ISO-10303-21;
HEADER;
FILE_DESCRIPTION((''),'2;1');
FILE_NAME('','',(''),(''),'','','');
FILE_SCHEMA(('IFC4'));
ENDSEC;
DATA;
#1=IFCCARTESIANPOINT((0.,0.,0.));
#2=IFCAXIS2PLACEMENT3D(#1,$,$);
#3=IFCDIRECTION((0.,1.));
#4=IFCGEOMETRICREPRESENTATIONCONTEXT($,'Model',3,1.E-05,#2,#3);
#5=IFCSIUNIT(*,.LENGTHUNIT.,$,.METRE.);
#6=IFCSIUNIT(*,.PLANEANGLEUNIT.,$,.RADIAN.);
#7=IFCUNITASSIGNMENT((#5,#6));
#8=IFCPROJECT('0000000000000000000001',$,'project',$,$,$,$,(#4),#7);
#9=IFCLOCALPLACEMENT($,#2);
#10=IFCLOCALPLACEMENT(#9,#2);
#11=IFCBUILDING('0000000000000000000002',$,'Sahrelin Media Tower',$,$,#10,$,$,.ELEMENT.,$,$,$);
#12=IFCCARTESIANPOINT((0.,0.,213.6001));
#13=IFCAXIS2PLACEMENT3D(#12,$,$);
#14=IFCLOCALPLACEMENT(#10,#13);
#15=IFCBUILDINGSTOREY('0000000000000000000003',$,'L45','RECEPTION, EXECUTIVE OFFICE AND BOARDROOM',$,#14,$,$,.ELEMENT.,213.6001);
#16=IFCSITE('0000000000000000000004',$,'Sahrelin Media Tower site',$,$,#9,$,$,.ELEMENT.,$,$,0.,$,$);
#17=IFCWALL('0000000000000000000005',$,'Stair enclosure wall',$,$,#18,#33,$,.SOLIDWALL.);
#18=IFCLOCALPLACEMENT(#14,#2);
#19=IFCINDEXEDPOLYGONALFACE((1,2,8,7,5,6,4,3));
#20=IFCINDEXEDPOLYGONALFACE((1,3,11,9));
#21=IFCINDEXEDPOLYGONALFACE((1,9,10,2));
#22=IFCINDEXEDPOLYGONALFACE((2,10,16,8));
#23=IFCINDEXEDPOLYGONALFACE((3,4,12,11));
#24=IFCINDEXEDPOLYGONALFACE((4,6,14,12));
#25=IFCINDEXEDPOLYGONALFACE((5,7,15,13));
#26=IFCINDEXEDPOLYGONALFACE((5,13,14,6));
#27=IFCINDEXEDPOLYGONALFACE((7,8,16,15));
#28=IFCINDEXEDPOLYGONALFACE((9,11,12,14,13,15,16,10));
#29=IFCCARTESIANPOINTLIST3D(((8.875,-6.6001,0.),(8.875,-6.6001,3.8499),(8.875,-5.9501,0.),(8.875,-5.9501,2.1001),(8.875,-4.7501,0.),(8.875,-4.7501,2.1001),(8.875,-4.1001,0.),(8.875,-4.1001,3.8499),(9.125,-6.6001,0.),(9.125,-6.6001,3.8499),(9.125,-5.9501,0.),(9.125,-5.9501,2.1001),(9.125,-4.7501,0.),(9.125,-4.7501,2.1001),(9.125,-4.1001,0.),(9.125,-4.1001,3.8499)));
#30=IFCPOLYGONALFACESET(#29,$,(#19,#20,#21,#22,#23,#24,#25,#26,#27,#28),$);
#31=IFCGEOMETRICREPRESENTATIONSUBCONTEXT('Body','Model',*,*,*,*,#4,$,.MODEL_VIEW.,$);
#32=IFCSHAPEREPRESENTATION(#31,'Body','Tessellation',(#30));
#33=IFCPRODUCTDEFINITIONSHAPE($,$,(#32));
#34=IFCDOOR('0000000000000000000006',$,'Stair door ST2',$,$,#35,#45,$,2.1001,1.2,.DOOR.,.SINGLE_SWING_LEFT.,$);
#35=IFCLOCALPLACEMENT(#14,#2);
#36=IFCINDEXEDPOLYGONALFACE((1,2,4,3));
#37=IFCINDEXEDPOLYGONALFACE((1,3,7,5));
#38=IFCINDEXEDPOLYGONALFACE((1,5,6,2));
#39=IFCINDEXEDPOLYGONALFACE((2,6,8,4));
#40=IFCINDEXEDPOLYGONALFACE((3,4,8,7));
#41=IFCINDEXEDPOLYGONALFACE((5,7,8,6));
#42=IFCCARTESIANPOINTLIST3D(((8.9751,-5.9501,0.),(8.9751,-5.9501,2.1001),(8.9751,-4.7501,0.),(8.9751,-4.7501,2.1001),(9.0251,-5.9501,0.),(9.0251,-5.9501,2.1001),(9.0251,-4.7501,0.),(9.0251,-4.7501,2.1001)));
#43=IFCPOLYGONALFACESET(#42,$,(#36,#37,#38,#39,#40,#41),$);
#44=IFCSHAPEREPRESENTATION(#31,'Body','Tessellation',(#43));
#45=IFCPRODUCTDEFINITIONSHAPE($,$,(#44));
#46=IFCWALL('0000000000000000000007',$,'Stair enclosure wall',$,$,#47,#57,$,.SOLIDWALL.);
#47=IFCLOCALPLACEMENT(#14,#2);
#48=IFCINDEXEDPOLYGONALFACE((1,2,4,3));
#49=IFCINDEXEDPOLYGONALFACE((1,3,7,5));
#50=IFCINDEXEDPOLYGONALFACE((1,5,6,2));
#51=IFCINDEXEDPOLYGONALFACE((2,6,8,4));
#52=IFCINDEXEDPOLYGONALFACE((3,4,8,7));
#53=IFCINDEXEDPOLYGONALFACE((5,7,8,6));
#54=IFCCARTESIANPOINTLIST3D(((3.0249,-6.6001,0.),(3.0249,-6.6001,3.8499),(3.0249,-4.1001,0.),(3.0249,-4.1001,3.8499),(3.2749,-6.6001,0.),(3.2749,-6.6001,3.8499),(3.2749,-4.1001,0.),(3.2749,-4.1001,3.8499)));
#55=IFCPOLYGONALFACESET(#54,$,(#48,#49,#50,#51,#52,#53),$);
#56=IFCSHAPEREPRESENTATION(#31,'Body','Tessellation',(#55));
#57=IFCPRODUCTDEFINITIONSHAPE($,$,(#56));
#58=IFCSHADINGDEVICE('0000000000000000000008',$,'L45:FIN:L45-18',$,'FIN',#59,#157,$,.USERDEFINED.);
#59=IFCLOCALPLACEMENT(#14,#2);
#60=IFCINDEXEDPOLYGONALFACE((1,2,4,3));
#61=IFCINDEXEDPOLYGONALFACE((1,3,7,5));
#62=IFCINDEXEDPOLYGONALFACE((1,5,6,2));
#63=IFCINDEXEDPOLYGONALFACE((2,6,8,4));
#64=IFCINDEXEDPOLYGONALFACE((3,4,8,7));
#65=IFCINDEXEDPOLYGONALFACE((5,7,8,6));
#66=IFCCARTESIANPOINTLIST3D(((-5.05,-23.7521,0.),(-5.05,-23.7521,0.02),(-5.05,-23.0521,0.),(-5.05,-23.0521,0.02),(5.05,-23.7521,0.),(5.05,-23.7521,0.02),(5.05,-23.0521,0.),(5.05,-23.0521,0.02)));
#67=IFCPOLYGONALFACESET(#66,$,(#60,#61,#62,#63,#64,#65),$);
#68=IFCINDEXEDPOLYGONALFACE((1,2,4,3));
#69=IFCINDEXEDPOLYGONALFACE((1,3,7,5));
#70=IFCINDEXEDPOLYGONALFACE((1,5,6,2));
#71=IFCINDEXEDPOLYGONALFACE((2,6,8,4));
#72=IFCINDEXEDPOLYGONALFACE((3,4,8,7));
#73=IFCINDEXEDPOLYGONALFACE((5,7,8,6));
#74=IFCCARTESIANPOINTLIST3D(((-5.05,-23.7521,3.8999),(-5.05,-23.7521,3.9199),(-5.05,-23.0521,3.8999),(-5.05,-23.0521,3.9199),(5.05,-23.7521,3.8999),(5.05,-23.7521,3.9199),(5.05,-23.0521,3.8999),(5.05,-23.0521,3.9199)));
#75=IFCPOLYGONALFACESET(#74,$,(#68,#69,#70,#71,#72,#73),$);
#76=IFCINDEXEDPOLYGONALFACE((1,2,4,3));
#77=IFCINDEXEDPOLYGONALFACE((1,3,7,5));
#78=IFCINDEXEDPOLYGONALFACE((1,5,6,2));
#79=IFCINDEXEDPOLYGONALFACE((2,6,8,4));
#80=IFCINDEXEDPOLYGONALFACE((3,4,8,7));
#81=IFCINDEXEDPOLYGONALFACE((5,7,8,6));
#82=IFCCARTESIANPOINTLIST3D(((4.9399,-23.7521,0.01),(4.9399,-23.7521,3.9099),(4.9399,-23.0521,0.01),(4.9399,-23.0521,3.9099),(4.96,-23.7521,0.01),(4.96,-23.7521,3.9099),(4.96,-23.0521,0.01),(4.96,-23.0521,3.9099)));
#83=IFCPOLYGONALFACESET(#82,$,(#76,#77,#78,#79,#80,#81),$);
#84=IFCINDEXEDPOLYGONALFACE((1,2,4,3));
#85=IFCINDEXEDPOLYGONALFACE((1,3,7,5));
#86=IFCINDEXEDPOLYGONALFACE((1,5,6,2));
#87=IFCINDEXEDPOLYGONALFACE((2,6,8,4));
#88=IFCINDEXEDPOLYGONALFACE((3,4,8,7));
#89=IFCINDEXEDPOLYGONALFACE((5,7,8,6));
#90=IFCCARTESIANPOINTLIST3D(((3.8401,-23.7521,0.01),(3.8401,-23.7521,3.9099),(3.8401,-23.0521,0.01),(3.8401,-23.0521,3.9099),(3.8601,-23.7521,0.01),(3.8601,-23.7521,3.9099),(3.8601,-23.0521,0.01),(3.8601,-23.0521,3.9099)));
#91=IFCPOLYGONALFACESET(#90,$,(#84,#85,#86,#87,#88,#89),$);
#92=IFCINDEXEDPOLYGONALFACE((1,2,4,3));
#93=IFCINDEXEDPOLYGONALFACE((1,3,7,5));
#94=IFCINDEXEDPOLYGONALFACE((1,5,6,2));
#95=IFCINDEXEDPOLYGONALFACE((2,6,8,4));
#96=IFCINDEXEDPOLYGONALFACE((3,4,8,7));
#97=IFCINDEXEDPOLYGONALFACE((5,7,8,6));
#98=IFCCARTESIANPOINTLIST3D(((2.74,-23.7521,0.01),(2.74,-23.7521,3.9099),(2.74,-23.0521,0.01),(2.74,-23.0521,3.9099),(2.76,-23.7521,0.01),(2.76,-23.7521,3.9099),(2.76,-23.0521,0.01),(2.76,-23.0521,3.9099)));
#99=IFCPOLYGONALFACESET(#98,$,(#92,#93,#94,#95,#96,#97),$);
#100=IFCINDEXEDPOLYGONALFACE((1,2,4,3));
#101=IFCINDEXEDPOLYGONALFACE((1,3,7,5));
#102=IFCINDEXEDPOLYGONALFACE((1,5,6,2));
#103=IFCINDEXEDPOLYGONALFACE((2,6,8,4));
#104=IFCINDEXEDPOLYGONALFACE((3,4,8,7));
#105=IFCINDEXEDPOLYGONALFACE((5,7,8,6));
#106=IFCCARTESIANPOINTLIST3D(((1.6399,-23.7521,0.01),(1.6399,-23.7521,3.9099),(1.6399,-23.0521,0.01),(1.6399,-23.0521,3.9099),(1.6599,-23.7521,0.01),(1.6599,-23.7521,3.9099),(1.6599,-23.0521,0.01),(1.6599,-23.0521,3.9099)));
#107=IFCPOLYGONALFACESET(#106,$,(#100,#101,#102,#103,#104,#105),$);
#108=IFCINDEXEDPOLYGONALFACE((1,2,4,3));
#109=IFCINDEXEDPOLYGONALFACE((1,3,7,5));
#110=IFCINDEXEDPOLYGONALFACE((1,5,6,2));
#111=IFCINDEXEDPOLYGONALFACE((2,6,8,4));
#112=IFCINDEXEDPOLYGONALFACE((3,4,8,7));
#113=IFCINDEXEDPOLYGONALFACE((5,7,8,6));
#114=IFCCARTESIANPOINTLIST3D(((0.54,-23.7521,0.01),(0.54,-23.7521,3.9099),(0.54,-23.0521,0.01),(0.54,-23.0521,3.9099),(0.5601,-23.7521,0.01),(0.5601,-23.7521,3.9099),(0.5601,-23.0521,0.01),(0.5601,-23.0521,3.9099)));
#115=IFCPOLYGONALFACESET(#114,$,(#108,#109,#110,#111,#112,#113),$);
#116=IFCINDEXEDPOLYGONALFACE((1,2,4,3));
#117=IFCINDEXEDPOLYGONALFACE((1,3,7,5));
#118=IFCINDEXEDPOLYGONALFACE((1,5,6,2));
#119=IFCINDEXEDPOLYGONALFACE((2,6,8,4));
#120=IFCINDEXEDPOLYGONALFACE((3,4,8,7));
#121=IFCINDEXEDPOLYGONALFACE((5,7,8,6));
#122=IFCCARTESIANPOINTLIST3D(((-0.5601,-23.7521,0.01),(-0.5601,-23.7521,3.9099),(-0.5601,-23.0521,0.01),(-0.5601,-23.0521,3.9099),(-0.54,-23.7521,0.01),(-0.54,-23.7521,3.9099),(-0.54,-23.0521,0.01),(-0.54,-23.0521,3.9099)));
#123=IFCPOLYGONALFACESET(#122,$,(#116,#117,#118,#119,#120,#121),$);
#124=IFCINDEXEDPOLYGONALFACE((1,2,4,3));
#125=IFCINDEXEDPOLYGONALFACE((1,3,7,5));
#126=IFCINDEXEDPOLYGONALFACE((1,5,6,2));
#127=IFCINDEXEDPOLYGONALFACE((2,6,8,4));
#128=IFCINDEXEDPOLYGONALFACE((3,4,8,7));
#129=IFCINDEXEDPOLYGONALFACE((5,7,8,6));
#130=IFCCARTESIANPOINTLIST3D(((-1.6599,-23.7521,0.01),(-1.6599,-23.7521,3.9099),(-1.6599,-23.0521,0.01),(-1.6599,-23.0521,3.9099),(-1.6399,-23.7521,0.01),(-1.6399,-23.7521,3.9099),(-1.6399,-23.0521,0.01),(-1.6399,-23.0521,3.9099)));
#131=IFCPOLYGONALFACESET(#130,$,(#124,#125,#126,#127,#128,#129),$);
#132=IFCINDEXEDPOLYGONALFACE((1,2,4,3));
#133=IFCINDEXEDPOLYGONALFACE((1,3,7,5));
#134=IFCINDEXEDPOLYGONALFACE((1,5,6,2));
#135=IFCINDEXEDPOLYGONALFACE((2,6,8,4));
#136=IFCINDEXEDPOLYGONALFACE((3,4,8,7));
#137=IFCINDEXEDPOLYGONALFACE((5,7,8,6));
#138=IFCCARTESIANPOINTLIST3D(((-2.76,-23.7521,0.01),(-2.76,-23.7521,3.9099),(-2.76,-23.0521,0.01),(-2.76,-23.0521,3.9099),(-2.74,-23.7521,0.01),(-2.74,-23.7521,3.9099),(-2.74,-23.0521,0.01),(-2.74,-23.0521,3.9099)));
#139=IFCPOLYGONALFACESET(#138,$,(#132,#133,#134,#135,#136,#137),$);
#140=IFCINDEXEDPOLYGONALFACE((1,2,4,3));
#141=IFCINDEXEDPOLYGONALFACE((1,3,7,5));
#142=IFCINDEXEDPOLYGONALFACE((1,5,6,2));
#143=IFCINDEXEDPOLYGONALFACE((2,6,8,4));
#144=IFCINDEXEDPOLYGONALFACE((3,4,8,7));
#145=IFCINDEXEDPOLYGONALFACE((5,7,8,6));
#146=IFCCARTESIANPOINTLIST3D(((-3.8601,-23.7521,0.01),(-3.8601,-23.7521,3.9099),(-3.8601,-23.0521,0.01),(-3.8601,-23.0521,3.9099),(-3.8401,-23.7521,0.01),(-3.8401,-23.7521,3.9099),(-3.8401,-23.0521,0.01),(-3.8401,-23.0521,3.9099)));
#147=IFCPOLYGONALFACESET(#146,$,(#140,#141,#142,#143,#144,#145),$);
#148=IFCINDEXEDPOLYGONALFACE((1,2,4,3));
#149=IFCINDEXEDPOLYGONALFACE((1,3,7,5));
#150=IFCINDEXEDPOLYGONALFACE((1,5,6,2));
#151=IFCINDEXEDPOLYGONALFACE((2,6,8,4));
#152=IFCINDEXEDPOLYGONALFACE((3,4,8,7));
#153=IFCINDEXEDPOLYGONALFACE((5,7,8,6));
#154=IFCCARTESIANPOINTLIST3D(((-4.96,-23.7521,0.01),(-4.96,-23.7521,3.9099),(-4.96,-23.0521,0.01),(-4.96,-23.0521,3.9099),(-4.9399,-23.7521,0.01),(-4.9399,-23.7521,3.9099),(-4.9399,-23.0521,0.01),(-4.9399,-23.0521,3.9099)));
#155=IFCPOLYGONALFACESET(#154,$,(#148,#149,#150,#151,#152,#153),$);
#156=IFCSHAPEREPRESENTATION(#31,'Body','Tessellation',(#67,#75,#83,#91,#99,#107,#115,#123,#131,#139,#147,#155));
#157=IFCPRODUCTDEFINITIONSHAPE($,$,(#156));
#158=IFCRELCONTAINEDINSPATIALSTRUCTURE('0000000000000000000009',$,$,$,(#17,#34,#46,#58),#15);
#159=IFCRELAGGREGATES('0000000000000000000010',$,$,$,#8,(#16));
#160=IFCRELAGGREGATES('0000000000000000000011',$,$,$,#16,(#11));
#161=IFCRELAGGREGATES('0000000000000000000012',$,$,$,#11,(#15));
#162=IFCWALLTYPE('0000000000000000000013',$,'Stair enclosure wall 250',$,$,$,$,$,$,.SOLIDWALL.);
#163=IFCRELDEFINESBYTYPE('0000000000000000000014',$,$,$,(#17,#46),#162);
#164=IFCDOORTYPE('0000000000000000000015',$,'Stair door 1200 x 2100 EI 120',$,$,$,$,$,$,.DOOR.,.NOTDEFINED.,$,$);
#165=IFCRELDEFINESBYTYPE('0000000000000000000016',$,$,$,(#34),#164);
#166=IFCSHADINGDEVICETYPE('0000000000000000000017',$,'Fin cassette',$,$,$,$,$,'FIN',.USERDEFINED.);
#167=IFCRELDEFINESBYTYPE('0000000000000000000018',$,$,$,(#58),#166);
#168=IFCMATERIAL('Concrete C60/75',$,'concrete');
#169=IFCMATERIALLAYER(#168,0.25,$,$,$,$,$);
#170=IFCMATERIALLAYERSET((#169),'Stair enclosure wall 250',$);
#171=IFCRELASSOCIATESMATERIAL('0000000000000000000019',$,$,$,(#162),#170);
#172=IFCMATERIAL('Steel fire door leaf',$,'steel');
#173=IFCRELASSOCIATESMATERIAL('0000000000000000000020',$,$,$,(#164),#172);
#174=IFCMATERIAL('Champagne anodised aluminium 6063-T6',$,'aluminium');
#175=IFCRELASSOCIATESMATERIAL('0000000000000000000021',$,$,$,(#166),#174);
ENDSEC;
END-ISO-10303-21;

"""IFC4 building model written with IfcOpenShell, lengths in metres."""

from ifc_helpers import new_model, si_unit, direction, frame, frame_2d, origin, origin_2d, place, context, subcontext, project, spatial, rectangle, extrude, material, layer, layer_set, type_object, element, fill, save


model = new_model("IFC4")

# Units and contexts
model_context = context("Model", 3, precision=1e-05, world=origin(), true_north=direction((0.0, 1.0)))
body_context = subcontext(model_context, "Body", "Model", "MODEL_VIEW")
ifc_project = project(units=[si_unit("LENGTHUNIT", "METRE"), si_unit("PLANEANGLEUNIT", "RADIAN")], contexts=[model_context])

# Site, building, storey
site_placement = place(None, origin())
site = spatial("IfcSite", under=ifc_project, at=site_placement, Name="Sahrelin Media Tower site", CompositionType="ELEMENT", RefElevation=0.0)
building_placement = place(site_placement, origin())
building = spatial("IfcBuilding", under=site, at=building_placement, Name="Sahrelin Media Tower", CompositionType="ELEMENT")
storey_placement = place(building_placement, frame((0.0, 0.0, 213.6001)))
storey = spatial("IfcBuildingStorey", under=building, at=storey_placement, Name="L45", Description="RECEPTION, EXECUTIVE OFFICE AND BOARDROOM", CompositionType="ELEMENT", Elevation=213.6001)

# Shared definitions
ifc_material_1 = material(Name="Champagne anodised aluminium 6063-T6", Category="aluminium")

# Shared definitions
ifc_material_2 = material(Name="Steel fire door leaf", Category="steel")

# Wall, opening, door
ifc_material_3 = material(Name="Concrete C60/75", Category="concrete")
ifc_layer_1 = layer(ifc_material_3, 0.25)
ifc_layer_set_1 = layer_set([ifc_layer_1], Name="Stair enclosure wall 250")
wall_type_1 = type_object("IfcWallType", Name="Stair enclosure wall 250", PredefinedType="SOLIDWALL", material=ifc_layer_set_1)
wall_1_placement = place(storey_placement, frame((9.0, -6.6001, 0.0), z_axis=(0.0, 0.0, 1.0), x_axis=(0.0, 1.0, 0.0)))
wall_1 = element("IfcWall", 1, at=wall_1_placement, inside=storey, type_object=wall_type_1, Name="Stair enclosure wall", PredefinedType="SOLIDWALL", context=body_context, shape_type="SweptSolid", body=[
    extrude(rectangle(XDim=2.5, YDim=0.25, at=frame_2d((1.25, 0.0))), origin(), (0.0, 0.0, 1.0), 3.8499),
])
opening_1_placement = place(wall_1_placement, frame((0.6499, 0.0, 0.0)))
opening_1 = element("IfcOpeningElement", 2, at=opening_1_placement, cuts=wall_1, PredefinedType="OPENING", context=body_context, shape_type="SweptSolid", body=[
    extrude(rectangle(XDim=1.2, YDim=2.1001, at=frame_2d((0.6001, 1.05))), frame((0.0, 0.125, 0.0), z_axis=(0.0, -1.0, 0.0), x_axis=(1.0, 0.0, 0.0)), (0.0, 0.0, 1.0), 0.25),
])
door_type_1 = type_object("IfcDoorType", Name="Stair door 1200 x 2100 EI 120", OperationType="NOTDEFINED", PredefinedType="DOOR", material=ifc_material_2)
door_1_placement = place(opening_1_placement, origin())
door_1 = element("IfcDoor", 3, at=door_1_placement, inside=storey, type_object=door_type_1, Name="Stair door ST2", OperationType="SINGLE_SWING_LEFT", OverallHeight=2.1001, OverallWidth=1.2, PredefinedType="DOOR", context=body_context, shape_type="SweptSolid", body=[
    extrude(rectangle(XDim=1.2, YDim=2.1001, at=frame_2d((0.6001, 1.05))), frame((0.0, 0.0249, 0.0), z_axis=(0.0, -1.0, 0.0), x_axis=(1.0, 0.0, 0.0)), (0.0, 0.0, 1.0), 0.05),
])
fill(opening_1, door_1)

# Wall
wall_2_placement = place(storey_placement, frame((3.1499, -6.6001, 0.0), z_axis=(0.0, 0.0, 1.0), x_axis=(0.0, 1.0, 0.0)))
element("IfcWall", 4, at=wall_2_placement, inside=storey, type_object=wall_type_1, Name="Stair enclosure wall", PredefinedType="SOLIDWALL", context=body_context, shape_type="SweptSolid", body=[
    extrude(rectangle(XDim=2.5, YDim=0.25, at=frame_2d((1.25, 0.0))), origin(), (0.0, 0.0, 1.0), 3.8499),
])

# Shading device
shading_device_type_1 = type_object("IfcShadingDeviceType", Name="Fin cassette", ElementType="FIN", PredefinedType="USERDEFINED", material=ifc_material_1)
placement_1 = place(storey_placement, frame((0.0, -22.9822, 0.0), z_axis=(0.0, 0.0, 1.0), x_axis=(-1.0, 0.0, 0.0)))
element("IfcShadingDevice", 5, at=placement_1, inside=storey, type_object=shading_device_type_1, Name="L45:FIN:L45-18", ObjectType="FIN", PredefinedType="USERDEFINED", context=body_context, shape_type="SweptSolid", body=[
    extrude(rectangle(XDim=10.1001, YDim=0.7, at=origin_2d()), frame((0.0, 0.4199, 0.0)), (0.0, 0.0, 1.0), 0.02),
    extrude(rectangle(XDim=10.1001, YDim=0.7, at=origin_2d()), frame((0.0, 0.4199, 3.8999)), (0.0, 0.0, 1.0), 0.02),
    extrude(rectangle(XDim=0.02, YDim=0.7, at=origin_2d()), frame((-4.95, 0.4199, 0.01), z_axis=(0.0, 0.0, 1.0), x_axis=(1.0, 0.0, 0.0)), (0.0, 0.0, 1.0), 3.8999),
    extrude(rectangle(XDim=0.02, YDim=0.7, at=origin_2d()), frame((-3.8501, 0.4199, 0.01), z_axis=(0.0, 0.0, 1.0), x_axis=(1.0, 0.0, 0.0)), (0.0, 0.0, 1.0), 3.8999),
    extrude(rectangle(XDim=0.02, YDim=0.7, at=origin_2d()), frame((-2.75, 0.4199, 0.01), z_axis=(0.0, 0.0, 1.0), x_axis=(1.0, 0.0, 0.0)), (0.0, 0.0, 1.0), 3.8999),
    extrude(rectangle(XDim=0.02, YDim=0.7, at=origin_2d()), frame((-1.6499, 0.4199, 0.01), z_axis=(0.0, 0.0, 1.0), x_axis=(1.0, 0.0, 0.0)), (0.0, 0.0, 1.0), 3.8999),
    extrude(rectangle(XDim=0.02, YDim=0.7, at=origin_2d()), frame((-0.55, 0.4199, 0.01), z_axis=(0.0, 0.0, 1.0), x_axis=(1.0, 0.0, 0.0)), (0.0, 0.0, 1.0), 3.8999),
    extrude(rectangle(XDim=0.02, YDim=0.7, at=origin_2d()), frame((0.55, 0.4199, 0.01), z_axis=(0.0, 0.0, 1.0), x_axis=(1.0, 0.0, 0.0)), (0.0, 0.0, 1.0), 3.8999),
    extrude(rectangle(XDim=0.02, YDim=0.7, at=origin_2d()), frame((1.6499, 0.4199, 0.01), z_axis=(0.0, 0.0, 1.0), x_axis=(1.0, 0.0, 0.0)), (0.0, 0.0, 1.0), 3.8999),
    extrude(rectangle(XDim=0.02, YDim=0.7, at=origin_2d()), frame((2.75, 0.4199, 0.01), z_axis=(0.0, 0.0, 1.0), x_axis=(1.0, 0.0, 0.0)), (0.0, 0.0, 1.0), 3.8999),
    extrude(rectangle(XDim=0.02, YDim=0.7, at=origin_2d()), frame((3.8501, 0.4199, 0.01), z_axis=(0.0, 0.0, 1.0), x_axis=(1.0, 0.0, 0.0)), (0.0, 0.0, 1.0), 3.8999),
    extrude(rectangle(XDim=0.02, YDim=0.7, at=origin_2d()), frame((4.95, 0.4199, 0.01), z_axis=(0.0, 0.0, 1.0), x_axis=(1.0, 0.0, 0.0)), (0.0, 0.0, 1.0), 3.8999),
])

save(model, "model.ifc")
